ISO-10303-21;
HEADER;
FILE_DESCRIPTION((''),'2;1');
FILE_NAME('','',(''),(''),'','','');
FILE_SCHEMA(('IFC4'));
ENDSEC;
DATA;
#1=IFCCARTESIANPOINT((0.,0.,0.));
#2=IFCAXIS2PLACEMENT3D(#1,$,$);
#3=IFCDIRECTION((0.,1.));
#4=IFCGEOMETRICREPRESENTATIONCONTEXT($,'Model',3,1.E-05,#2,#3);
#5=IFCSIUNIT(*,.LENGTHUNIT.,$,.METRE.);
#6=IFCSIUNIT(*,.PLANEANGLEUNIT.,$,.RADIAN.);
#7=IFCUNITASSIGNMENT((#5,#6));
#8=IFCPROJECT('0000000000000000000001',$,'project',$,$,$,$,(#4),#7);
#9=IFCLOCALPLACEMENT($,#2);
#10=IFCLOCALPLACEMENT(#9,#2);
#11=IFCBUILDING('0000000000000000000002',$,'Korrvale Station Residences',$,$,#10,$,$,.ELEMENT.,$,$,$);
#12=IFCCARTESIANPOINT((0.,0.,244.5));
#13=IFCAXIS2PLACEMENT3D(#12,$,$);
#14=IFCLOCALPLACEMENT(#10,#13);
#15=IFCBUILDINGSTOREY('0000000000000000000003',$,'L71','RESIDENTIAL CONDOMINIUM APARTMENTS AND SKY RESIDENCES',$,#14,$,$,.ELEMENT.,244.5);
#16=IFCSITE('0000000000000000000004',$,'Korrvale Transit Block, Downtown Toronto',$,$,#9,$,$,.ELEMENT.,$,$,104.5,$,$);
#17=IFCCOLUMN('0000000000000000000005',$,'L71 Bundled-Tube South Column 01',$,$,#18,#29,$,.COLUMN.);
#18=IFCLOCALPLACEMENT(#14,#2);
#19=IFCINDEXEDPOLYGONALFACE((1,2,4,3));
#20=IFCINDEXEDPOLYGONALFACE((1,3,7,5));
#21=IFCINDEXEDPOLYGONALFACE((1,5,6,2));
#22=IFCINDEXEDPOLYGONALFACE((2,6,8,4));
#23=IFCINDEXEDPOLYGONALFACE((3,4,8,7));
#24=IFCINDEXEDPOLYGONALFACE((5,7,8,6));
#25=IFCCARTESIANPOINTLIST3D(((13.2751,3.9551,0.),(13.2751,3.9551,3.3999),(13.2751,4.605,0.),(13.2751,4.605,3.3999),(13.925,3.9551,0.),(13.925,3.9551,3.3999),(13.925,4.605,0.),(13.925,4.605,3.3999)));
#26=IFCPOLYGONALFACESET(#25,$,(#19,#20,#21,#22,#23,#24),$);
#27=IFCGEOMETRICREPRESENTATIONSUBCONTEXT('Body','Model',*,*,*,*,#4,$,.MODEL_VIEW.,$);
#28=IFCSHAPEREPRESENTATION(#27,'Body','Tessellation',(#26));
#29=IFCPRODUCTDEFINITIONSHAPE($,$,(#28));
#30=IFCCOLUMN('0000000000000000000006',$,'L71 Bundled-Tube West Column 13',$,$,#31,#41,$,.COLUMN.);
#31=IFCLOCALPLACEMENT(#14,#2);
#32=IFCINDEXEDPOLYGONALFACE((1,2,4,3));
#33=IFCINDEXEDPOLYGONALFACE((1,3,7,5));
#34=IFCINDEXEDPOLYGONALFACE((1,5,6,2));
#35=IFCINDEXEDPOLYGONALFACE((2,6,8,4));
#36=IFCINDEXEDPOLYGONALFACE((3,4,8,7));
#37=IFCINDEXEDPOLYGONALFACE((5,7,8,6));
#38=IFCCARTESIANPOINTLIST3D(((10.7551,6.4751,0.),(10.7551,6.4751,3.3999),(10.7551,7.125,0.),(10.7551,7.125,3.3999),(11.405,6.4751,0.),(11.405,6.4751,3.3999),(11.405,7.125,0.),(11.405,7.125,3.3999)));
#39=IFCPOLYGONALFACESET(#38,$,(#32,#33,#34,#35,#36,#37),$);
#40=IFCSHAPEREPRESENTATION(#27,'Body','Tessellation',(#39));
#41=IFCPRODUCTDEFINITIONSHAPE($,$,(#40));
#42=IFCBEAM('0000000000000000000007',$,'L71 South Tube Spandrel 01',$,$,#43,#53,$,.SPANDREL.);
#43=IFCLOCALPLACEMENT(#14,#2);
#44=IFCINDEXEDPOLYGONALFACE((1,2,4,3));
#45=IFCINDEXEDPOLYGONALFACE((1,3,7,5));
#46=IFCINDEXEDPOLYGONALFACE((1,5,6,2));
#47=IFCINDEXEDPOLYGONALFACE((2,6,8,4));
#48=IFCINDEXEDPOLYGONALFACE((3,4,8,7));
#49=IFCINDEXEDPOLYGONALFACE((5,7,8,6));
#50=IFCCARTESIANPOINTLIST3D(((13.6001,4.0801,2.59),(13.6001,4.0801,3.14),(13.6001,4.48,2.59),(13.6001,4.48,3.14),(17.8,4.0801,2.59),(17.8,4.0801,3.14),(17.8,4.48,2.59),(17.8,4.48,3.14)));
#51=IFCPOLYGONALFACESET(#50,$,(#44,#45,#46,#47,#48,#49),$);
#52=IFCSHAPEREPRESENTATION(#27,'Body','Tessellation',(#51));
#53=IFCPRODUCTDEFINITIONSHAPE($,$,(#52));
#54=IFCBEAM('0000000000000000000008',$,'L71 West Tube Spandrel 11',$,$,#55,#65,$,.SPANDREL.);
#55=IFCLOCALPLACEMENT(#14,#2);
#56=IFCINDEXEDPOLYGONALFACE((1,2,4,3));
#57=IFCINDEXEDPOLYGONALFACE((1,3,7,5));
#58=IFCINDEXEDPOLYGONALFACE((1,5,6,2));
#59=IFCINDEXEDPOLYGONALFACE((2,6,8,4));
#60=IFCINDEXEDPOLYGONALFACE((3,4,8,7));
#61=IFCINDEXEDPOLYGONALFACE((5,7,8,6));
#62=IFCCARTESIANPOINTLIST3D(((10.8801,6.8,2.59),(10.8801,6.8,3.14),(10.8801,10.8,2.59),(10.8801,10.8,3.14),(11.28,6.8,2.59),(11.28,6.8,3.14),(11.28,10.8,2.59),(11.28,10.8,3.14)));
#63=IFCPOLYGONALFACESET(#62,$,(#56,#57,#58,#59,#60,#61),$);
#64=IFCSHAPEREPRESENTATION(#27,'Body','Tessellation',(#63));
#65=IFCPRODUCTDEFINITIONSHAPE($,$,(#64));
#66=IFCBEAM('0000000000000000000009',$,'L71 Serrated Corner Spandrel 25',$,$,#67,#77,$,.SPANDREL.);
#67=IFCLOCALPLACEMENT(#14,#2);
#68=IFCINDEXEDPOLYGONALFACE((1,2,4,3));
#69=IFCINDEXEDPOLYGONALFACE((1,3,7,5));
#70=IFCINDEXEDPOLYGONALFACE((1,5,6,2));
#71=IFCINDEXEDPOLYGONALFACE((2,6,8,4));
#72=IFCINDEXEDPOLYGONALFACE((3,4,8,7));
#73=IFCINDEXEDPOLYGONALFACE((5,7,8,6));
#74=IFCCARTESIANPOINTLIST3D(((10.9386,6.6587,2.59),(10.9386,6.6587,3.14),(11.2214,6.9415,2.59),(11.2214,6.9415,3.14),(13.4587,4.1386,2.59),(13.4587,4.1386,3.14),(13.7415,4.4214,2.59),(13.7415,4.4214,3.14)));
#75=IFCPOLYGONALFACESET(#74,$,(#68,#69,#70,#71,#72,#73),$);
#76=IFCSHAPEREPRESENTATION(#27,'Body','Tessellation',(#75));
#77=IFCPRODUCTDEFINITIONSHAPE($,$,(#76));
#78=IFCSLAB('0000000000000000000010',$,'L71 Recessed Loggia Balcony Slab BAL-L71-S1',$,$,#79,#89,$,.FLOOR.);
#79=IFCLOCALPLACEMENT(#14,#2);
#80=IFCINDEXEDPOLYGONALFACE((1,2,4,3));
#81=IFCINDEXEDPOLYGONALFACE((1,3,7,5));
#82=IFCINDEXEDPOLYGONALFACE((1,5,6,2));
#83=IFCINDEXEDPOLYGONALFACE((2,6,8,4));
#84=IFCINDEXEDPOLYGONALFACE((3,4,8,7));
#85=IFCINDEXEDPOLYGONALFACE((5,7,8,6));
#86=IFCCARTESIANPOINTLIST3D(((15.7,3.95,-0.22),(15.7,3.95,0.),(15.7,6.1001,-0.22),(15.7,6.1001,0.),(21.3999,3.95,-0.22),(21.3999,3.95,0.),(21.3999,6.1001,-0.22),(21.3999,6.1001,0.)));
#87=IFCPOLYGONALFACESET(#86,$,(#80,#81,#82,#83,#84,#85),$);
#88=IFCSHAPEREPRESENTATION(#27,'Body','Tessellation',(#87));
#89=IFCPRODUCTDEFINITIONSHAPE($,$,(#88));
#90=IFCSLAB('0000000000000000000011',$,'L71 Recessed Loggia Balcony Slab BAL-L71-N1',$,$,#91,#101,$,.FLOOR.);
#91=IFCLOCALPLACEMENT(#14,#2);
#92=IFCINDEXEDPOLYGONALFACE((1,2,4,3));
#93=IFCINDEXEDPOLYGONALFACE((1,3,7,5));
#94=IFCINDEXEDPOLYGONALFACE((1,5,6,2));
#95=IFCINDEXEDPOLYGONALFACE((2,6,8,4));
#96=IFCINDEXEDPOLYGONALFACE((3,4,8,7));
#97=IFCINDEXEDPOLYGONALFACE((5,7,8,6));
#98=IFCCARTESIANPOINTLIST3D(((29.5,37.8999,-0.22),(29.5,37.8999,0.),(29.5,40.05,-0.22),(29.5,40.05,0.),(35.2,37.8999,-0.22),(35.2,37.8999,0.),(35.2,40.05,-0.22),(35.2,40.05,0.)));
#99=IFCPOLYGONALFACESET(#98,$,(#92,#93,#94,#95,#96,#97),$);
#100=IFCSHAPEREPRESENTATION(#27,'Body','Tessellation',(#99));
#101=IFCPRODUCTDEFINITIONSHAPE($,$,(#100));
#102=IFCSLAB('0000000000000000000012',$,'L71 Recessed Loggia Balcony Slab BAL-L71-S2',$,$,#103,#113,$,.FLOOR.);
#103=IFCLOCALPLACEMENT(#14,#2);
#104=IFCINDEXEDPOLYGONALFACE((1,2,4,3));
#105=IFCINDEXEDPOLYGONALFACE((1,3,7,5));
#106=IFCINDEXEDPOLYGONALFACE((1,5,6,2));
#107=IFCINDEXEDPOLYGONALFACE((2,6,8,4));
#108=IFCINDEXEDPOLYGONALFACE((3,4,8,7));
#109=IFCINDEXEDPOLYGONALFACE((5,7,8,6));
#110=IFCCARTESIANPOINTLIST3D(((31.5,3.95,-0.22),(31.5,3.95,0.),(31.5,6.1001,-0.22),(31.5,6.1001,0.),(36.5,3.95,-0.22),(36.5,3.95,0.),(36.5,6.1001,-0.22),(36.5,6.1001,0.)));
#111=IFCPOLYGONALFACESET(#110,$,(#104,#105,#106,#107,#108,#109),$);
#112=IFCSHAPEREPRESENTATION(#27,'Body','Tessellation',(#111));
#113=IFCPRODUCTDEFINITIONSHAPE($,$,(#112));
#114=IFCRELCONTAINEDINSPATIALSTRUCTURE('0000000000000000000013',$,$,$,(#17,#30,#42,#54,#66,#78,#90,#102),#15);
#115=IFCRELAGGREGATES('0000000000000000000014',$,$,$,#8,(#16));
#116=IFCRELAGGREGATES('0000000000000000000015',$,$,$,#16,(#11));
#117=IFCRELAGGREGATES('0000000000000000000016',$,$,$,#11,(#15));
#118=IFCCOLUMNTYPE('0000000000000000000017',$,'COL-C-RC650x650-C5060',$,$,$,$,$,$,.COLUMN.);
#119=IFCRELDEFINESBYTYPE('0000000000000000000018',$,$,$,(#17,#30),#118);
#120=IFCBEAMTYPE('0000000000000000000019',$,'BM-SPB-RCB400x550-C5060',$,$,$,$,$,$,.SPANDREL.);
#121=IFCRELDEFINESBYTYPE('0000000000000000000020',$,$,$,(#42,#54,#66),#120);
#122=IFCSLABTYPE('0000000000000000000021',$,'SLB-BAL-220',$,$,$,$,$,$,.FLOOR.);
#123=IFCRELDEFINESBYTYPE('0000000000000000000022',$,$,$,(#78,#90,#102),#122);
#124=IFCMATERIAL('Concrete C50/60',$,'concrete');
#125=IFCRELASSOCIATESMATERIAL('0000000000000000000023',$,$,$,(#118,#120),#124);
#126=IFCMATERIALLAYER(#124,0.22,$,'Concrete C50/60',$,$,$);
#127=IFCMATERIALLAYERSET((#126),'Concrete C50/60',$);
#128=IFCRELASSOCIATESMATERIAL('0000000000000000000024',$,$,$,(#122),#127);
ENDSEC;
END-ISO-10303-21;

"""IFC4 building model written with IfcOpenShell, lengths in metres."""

from ifc_helpers import new_model, si_unit, direction, frame, origin, origin_2d, place, context, subcontext, project, spatial, polyline, rectangle, outline, extrude, material, layer, layer_set, material_profile, profile_set, type_object, element, save


model = new_model("IFC4")

# Units and contexts
model_context = context("Model", 3, precision=1e-05, world=origin(), true_north=direction((0.0, 1.0)))
body_context = subcontext(model_context, "Body", "Model", "MODEL_VIEW")
ifc_project = project(units=[si_unit("LENGTHUNIT", "METRE"), si_unit("PLANEANGLEUNIT", "RADIAN")], contexts=[model_context])

# Site, building, storey
site_placement = place(None, origin())
site = spatial("IfcSite", under=ifc_project, at=site_placement, Name="Korrvale Transit Block, Downtown Toronto", CompositionType="ELEMENT", RefElevation=104.5)
building_placement = place(site_placement, origin())
building = spatial("IfcBuilding", under=site, at=building_placement, Name="Korrvale Station Residences", CompositionType="ELEMENT")
storey_placement = place(building_placement, frame((0.0, 0.0, 244.5)))
storey = spatial("IfcBuildingStorey", under=building, at=storey_placement, Name="L71", Description="RESIDENTIAL CONDOMINIUM APARTMENTS AND SKY RESIDENCES", CompositionType="ELEMENT", Elevation=244.5)

# Columns
ifc_material_1 = material(Name="Concrete C50/60", Category="concrete")
ifc_material_profile_1 = material_profile(ifc_material_1, rectangle(XDim=0.6499, YDim=0.6499, at=origin_2d()), Name="RC650x650")
ifc_profile_set_1 = profile_set([ifc_material_profile_1], Name="Concrete C50/60")
column_type = type_object("IfcColumnType", Name="COL-C-RC650x650-C5060", PredefinedType="COLUMN", material=ifc_profile_set_1)
for number, where, z_axis, x_axis, name in (
    (1, (13.6001, 4.28, 0.0), (0.0, 0.0, 1.0), (1.0, 0.0, 0.0), "L71 Bundled-Tube South Column 01"),
    (2, (11.0801, 6.8, 0.0), (0.0, 0.0, 1.0), (1.0, 0.0, 0.0), "L71 Bundled-Tube West Column 13"),
):
    element("IfcColumn", number, at=place(storey_placement, frame(where, z_axis=z_axis, x_axis=x_axis)), inside=storey, type_object=column_type, Name=name, PredefinedType="COLUMN", context=body_context, shape_type="SweptSolid", body=[
        extrude(rectangle(XDim=0.6499, YDim=0.6499, at=origin_2d()), origin(), (0.0, 0.0, 1.0), 3.3999),
    ])

# Beams
ifc_material_profile_2 = material_profile(ifc_material_1, rectangle(XDim=0.3999, YDim=0.55, at=origin_2d()), Name="RCB400x550")
ifc_profile_set_2 = profile_set([ifc_material_profile_2], Name="Concrete C50/60")
beam_type = type_object("IfcBeamType", Name="BM-SPB-RCB400x550-C5060", PredefinedType="SPANDREL", material=ifc_profile_set_2)
beam_1_placement = place(storey_placement, frame((13.6001, 4.28, 2.865), z_axis=(1.0, 0.0, 0.0), x_axis=(0.0, 1.0, 0.0)))
element("IfcBeam", 3, at=beam_1_placement, inside=storey, type_object=beam_type, Name="L71 South Tube Spandrel 01", PredefinedType="SPANDREL", context=body_context, shape_type="SweptSolid", body=[
    extrude(rectangle(XDim=0.3999, YDim=0.55, at=origin_2d()), origin(), (0.0, 0.0, 1.0), 4.2),
])
beam_2_placement = place(storey_placement, frame((11.0801, 6.8, 2.865), z_axis=(0.0, 1.0, 0.0), x_axis=(-1.0, 0.0, 0.0)))
element("IfcBeam", 4, at=beam_2_placement, inside=storey, type_object=beam_type, Name="L71 West Tube Spandrel 11", PredefinedType="SPANDREL", context=body_context, shape_type="SweptSolid", body=[
    extrude(rectangle(XDim=0.3999, YDim=0.55, at=origin_2d()), origin(), (0.0, 0.0, 1.0), 4.0),
])
beam_3_placement = place(storey_placement, frame((13.6001, 4.28, 2.865), z_axis=(-0.707107, 0.707107, 0.0), x_axis=(-0.707107, -0.707107, 0.0)))
element("IfcBeam", 5, at=beam_3_placement, inside=storey, type_object=beam_type, Name="L71 Serrated Corner Spandrel 25", PredefinedType="SPANDREL", context=body_context, shape_type="SweptSolid", body=[
    extrude(rectangle(XDim=0.3999, YDim=0.55, at=origin_2d()), origin(), (0.0, 0.0, 1.0), 3.564),
])

# Slabs
ifc_layer_1 = layer(ifc_material_1, 0.22, Name="Concrete C50/60")
ifc_layer_set_1 = layer_set([ifc_layer_1], Name="Concrete C50/60")
slab_type_1 = type_object("IfcSlabType", Name="SLB-BAL-220", PredefinedType="FLOOR", material=ifc_layer_set_1)
slab_1_placement = place(storey_placement, frame((0.0, 0.0, -0.22)))
element("IfcSlab", 6, at=slab_1_placement, inside=storey, type_object=slab_type_1, Name="L71 Recessed Loggia Balcony Slab BAL-L71-S1", PredefinedType="FLOOR", context=body_context, shape_type="SweptSolid", body=[
    extrude(outline(polyline([(15.7, 3.95), (21.3999, 3.95), (21.3999, 6.1001), (15.7, 6.1001), (15.7, 3.95)])), origin(), (0.0, 0.0, 1.0), 0.22),
])
slab_2_placement = place(storey_placement, frame((0.0, 0.0, -0.22)))
element("IfcSlab", 7, at=slab_2_placement, inside=storey, type_object=slab_type_1, Name="L71 Recessed Loggia Balcony Slab BAL-L71-N1", PredefinedType="FLOOR", context=body_context, shape_type="SweptSolid", body=[
    extrude(outline(polyline([(29.5, 37.8999), (35.2, 37.8999), (35.2, 40.05), (29.5, 40.05), (29.5, 37.8999)])), origin(), (0.0, 0.0, 1.0), 0.22),
])
slab_3_placement = place(storey_placement, frame((0.0, 0.0, -0.22)))
element("IfcSlab", 8, at=slab_3_placement, inside=storey, type_object=slab_type_1, Name="L71 Recessed Loggia Balcony Slab BAL-L71-S2", PredefinedType="FLOOR", context=body_context, shape_type="SweptSolid", body=[
    extrude(outline(polyline([(31.5, 3.95), (36.5, 3.95), (36.5, 6.1001), (31.5, 6.1001), (31.5, 3.95)])), origin(), (0.0, 0.0, 1.0), 0.22),
])

save(model, "model.ifc")
